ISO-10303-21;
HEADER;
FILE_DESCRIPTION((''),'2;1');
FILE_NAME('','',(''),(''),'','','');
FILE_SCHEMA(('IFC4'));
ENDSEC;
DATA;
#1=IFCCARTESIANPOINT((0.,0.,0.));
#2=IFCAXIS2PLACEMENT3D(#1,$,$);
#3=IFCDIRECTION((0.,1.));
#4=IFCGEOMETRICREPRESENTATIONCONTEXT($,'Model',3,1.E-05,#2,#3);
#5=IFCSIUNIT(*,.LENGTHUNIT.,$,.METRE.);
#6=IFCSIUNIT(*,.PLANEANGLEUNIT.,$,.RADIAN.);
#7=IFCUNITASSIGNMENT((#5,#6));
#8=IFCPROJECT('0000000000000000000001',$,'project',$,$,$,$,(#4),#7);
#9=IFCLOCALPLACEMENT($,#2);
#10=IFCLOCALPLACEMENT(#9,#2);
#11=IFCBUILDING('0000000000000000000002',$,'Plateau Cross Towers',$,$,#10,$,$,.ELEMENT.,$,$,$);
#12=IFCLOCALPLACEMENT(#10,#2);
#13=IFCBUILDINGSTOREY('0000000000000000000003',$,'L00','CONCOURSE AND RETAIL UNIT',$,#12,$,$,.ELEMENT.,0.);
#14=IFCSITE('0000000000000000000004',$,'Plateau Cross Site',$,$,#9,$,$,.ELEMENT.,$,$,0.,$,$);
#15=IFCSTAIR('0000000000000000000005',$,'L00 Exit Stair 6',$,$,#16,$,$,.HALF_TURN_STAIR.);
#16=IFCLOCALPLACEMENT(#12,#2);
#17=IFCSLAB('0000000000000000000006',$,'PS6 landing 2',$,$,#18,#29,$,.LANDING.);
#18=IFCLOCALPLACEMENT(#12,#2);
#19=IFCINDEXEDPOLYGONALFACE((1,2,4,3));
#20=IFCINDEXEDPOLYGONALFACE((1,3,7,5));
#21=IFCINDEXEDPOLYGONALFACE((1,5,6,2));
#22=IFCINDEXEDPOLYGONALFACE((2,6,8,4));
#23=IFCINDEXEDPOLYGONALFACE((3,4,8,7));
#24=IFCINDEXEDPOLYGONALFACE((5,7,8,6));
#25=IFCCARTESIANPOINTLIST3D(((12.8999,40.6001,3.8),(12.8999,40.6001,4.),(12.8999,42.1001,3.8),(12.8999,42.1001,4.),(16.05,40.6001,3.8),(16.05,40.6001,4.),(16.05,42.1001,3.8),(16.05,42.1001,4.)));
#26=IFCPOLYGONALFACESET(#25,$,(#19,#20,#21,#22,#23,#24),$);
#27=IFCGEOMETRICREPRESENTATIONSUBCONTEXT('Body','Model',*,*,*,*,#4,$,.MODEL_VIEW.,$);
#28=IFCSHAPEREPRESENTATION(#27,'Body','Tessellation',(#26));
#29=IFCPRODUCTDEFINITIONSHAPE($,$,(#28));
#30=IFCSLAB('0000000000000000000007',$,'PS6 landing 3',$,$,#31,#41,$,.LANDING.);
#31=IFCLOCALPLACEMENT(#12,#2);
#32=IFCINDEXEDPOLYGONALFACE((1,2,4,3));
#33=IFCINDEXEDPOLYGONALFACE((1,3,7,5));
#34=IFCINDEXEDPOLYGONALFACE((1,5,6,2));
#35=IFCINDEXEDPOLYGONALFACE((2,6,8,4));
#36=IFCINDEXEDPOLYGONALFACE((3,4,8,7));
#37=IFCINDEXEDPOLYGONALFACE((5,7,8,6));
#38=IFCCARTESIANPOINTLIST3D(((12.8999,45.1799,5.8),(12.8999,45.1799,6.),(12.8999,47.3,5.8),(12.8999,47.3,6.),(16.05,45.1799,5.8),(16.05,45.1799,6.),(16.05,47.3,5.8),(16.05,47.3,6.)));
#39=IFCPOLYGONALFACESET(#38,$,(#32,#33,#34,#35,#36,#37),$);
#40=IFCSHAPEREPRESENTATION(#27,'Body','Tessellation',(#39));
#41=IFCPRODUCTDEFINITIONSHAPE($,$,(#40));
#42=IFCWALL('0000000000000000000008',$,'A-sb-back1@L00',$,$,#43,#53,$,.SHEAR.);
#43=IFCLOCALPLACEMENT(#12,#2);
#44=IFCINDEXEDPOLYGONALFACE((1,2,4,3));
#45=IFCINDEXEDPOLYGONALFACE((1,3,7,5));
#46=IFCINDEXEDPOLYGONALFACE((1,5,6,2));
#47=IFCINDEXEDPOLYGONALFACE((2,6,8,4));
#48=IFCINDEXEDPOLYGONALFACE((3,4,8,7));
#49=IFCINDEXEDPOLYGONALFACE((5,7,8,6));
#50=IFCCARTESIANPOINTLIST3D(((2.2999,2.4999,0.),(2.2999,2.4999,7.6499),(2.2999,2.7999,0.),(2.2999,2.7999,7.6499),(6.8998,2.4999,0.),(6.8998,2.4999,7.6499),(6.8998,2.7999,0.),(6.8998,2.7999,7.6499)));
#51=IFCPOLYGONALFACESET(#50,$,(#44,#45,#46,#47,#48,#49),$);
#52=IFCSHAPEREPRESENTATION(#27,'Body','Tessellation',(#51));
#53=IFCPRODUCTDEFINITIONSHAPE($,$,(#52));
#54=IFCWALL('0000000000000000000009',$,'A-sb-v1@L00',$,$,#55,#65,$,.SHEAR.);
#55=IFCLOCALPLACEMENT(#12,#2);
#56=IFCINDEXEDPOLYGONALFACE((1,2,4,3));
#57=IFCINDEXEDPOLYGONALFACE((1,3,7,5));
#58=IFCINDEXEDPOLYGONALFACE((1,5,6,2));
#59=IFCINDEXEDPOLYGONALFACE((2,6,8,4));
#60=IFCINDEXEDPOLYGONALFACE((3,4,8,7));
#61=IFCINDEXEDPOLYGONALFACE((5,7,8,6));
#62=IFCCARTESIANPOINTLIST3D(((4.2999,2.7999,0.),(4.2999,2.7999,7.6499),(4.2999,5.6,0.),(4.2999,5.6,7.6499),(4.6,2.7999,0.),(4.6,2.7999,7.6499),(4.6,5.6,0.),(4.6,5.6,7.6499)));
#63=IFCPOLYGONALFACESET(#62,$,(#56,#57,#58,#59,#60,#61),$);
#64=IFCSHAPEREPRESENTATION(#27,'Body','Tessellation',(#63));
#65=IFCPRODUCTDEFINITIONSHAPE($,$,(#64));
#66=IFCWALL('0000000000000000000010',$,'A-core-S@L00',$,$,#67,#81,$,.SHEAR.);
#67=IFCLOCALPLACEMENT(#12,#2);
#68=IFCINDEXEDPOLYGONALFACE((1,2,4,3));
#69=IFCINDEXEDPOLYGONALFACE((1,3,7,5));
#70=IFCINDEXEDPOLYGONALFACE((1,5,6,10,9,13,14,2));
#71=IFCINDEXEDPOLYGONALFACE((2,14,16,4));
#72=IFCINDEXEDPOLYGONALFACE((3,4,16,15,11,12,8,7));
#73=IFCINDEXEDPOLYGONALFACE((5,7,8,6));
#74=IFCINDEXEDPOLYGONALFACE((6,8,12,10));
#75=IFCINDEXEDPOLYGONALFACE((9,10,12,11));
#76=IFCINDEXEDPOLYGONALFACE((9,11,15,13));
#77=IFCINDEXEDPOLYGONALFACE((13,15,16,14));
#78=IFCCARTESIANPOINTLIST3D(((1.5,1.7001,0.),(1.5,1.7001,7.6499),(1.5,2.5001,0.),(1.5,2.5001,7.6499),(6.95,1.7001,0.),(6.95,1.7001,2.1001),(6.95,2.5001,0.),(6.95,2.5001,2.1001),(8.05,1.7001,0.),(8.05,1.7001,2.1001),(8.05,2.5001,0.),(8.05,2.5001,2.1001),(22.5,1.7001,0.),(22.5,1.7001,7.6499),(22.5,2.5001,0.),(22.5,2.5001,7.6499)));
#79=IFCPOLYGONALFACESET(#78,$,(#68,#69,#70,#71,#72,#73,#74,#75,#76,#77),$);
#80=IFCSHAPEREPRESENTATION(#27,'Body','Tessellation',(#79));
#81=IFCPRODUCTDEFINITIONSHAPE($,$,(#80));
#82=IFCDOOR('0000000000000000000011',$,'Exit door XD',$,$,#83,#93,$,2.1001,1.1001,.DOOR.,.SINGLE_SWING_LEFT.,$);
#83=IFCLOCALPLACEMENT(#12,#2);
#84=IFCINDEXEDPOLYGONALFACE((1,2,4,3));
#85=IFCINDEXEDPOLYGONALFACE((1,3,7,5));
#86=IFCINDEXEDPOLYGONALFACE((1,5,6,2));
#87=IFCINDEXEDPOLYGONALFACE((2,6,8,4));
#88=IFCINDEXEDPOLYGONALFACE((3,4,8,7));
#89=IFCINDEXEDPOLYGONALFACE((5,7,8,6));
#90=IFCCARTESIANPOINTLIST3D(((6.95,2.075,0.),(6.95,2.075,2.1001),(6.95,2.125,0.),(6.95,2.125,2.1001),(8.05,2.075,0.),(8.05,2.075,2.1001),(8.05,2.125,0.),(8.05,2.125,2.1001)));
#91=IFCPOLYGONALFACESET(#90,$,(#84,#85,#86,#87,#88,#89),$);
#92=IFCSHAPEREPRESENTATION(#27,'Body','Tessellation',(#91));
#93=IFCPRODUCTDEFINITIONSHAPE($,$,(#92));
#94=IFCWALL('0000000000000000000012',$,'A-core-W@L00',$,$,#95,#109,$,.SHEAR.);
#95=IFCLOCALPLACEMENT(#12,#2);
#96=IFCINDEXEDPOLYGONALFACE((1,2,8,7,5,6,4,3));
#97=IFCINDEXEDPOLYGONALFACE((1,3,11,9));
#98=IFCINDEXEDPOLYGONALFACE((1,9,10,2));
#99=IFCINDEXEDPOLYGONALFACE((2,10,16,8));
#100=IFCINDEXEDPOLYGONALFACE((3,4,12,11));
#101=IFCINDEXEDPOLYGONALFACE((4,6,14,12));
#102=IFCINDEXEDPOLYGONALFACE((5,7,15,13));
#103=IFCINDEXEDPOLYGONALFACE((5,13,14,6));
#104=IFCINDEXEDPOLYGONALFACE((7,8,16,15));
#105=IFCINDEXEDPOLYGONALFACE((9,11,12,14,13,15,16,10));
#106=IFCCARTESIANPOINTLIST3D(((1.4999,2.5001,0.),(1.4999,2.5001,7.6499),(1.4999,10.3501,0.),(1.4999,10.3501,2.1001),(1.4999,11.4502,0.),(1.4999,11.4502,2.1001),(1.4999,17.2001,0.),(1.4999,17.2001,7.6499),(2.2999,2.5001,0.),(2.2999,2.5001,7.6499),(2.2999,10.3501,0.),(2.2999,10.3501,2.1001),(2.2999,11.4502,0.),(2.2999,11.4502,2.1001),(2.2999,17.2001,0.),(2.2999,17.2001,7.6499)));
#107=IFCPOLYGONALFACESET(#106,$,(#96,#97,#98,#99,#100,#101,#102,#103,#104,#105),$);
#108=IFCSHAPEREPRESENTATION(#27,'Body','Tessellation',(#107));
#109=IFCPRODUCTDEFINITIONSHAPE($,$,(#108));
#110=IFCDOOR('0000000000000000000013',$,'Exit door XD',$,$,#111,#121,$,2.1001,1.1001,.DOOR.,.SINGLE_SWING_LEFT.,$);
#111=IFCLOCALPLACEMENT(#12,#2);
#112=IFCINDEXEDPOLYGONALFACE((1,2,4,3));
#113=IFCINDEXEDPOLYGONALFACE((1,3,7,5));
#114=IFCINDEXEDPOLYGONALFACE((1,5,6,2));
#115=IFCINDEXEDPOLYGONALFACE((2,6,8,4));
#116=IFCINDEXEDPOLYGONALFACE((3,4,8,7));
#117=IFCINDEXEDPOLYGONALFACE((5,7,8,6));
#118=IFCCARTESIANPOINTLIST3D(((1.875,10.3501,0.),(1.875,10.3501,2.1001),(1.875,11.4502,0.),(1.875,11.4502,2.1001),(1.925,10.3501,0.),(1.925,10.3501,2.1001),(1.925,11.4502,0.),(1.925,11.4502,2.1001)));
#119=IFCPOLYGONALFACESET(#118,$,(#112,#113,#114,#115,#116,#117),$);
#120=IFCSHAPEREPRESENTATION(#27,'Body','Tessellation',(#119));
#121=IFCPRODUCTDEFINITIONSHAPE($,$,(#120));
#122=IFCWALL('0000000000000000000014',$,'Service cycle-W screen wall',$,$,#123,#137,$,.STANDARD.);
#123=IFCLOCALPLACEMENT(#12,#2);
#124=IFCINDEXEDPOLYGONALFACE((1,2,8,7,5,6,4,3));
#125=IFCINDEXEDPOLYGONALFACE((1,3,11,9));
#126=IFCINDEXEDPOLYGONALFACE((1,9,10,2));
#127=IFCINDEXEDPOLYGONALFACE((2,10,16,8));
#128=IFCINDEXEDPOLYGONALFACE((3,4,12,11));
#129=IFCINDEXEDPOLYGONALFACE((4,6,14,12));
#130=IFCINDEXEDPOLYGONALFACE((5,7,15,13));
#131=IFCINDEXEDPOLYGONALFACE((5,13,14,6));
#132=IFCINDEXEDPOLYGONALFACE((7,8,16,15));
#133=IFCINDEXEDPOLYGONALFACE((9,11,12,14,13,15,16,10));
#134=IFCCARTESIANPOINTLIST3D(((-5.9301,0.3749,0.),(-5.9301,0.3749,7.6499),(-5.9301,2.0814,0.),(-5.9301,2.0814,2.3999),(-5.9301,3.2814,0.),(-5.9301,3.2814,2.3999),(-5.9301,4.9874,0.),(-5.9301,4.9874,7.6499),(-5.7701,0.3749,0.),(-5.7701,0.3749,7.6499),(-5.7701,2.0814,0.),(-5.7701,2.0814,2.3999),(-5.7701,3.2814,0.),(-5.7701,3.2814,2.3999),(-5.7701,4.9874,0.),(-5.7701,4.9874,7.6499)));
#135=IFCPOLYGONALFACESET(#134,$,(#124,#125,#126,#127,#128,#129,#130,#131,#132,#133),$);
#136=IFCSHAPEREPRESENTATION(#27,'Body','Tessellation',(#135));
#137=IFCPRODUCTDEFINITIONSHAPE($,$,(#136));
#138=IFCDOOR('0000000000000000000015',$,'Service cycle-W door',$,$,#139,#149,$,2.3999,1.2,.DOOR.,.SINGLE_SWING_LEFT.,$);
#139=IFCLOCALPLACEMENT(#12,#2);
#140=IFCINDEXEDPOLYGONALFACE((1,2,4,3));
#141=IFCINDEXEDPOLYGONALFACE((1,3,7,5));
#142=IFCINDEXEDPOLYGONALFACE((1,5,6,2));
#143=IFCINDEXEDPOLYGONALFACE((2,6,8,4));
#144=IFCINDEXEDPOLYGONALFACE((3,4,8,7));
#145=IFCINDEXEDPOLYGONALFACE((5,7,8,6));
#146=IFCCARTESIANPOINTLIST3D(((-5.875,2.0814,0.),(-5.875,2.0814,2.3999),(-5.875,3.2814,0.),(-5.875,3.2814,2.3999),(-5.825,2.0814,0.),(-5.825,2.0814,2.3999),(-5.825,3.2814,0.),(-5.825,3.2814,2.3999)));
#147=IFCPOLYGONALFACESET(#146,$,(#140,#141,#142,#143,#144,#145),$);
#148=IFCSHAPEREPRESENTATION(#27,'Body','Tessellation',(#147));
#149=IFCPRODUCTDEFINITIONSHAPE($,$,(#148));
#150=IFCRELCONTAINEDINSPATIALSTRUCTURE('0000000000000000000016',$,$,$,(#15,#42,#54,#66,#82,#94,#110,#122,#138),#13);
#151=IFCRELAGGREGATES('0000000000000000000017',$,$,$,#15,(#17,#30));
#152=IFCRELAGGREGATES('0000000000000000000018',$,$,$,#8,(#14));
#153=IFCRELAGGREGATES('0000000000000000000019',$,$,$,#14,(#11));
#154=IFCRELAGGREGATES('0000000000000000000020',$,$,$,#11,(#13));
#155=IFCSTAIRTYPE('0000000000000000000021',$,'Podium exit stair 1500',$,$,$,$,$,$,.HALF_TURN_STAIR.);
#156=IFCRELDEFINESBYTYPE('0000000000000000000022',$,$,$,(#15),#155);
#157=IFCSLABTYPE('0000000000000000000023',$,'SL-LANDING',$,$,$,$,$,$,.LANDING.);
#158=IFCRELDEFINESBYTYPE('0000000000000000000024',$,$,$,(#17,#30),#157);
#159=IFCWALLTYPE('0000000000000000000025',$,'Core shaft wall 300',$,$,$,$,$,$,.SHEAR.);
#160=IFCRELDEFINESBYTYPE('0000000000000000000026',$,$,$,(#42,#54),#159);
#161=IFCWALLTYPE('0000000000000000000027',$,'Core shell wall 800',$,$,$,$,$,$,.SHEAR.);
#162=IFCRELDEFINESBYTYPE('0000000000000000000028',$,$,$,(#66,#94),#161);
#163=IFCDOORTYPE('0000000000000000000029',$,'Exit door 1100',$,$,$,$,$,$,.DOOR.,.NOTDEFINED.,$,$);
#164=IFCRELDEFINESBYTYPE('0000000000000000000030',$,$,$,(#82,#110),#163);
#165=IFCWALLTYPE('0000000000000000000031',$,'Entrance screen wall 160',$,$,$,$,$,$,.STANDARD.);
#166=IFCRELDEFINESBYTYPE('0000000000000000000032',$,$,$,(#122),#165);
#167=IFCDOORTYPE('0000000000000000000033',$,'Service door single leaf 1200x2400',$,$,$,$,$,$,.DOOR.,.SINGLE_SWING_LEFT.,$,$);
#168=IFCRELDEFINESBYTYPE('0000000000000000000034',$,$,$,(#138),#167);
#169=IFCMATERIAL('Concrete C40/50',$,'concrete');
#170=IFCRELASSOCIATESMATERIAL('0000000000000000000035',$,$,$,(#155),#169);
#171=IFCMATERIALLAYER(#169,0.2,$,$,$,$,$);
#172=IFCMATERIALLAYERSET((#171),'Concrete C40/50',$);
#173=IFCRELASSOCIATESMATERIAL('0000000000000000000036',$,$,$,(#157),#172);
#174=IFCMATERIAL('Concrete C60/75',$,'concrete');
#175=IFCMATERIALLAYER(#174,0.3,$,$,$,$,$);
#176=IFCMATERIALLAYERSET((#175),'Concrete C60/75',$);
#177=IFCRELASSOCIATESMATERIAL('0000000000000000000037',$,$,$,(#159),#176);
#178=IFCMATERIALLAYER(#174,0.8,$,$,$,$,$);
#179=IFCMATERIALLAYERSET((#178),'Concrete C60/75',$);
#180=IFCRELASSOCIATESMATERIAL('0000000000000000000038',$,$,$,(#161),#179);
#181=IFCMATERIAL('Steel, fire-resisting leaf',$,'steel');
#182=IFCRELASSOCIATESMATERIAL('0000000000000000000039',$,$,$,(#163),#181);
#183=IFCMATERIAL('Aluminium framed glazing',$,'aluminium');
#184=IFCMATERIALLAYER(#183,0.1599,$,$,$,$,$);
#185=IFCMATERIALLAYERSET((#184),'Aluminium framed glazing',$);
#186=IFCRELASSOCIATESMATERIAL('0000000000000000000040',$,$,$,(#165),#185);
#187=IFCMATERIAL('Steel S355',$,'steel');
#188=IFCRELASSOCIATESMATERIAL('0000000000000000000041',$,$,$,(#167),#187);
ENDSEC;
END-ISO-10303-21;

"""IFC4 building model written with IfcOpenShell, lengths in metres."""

from ifc_helpers import new_model, si_unit, direction, frame, frame_2d, origin, place, context, subcontext, project, spatial, polyline, rectangle, outline, extrude, material, layer, layer_set, type_object, element, fill, aggregate, save


model = new_model("IFC4")

# Units and contexts
model_context = context("Model", 3, precision=1e-05, world=origin(), true_north=direction((0.0, 1.0)))
body_context = subcontext(model_context, "Body", "Model", "MODEL_VIEW")
ifc_project = project(units=[si_unit("LENGTHUNIT", "METRE"), si_unit("PLANEANGLEUNIT", "RADIAN")], contexts=[model_context])

# Site, building, storey
site_placement = place(None, origin())
site = spatial("IfcSite", under=ifc_project, at=site_placement, Name="Plateau Cross Site", CompositionType="ELEMENT", RefElevation=0.0)
building_placement = place(site_placement, origin())
building = spatial("IfcBuilding", under=site, at=building_placement, Name="Plateau Cross Towers", CompositionType="ELEMENT")
storey_placement = place(building_placement, origin())
storey = spatial("IfcBuildingStorey", under=building, at=storey_placement, Name="L00", Description="CONCOURSE AND RETAIL UNIT", CompositionType="ELEMENT", Elevation=0.0)

# Stair, slabs
ifc_material_1 = material(Name="Concrete C40/50", Category="concrete")
stair_type = type_object("IfcStairType", Name="Podium exit stair 1500", PredefinedType="HALF_TURN_STAIR", material=ifc_material_1)
ifc_layer_1 = layer(ifc_material_1, 0.2)
ifc_layer_set_1 = layer_set([ifc_layer_1], Name="Concrete C40/50")
slab_type_1 = type_object("IfcSlabType", Name="SL-LANDING", PredefinedType="LANDING", material=ifc_layer_set_1)
stair_1_placement = place(storey_placement, origin())
stair_1 = element("IfcStair", 1, at=stair_1_placement, inside=storey, type_object=stair_type, Name="L00 Exit Stair 6", PredefinedType="HALF_TURN_STAIR")
slab_1_placement = place(storey_placement, frame((0.0, 0.0, 3.8)))
slab_1 = element("IfcSlab", 2, at=slab_1_placement, type_object=slab_type_1, Name="PS6 landing 2", PredefinedType="LANDING", context=body_context, shape_type="SweptSolid", body=[
    extrude(outline(polyline([(16.05, 40.6001), (16.05, 42.1001), (12.8999, 42.1001), (12.8999, 40.6001), (16.05, 40.6001)])), origin(), (0.0, 0.0, 1.0), 0.2),
])
slab_2_placement = place(storey_placement, frame((0.0, 0.0, 5.8)))
slab_2 = element("IfcSlab", 3, at=slab_2_placement, type_object=slab_type_1, Name="PS6 landing 3", PredefinedType="LANDING", context=body_context, shape_type="SweptSolid", body=[
    extrude(outline(polyline([(16.05, 45.1799), (16.05, 47.3), (12.8999, 47.3), (12.8999, 45.1799), (16.05, 45.1799)])), origin(), (0.0, 0.0, 1.0), 0.2),
])
aggregate(stair_1, [slab_1, slab_2])

# Walls
ifc_material_2 = material(Name="Concrete C60/75", Category="concrete")
ifc_layer_2 = layer(ifc_material_2, 0.3)
ifc_layer_set_2 = layer_set([ifc_layer_2], Name="Concrete C60/75")
wall_type_1 = type_object("IfcWallType", Name="Core shaft wall 300", PredefinedType="SHEAR", material=ifc_layer_set_2)
wall_1_placement = place(storey_placement, frame((2.3, 2.6499, 0.0), z_axis=(0.0, 0.0, 1.0), x_axis=(1.0, 0.0, 0.0)))
element("IfcWall", 4, at=wall_1_placement, inside=storey, type_object=wall_type_1, Name="A-sb-back1@L00", PredefinedType="SHEAR", context=body_context, shape_type="SweptSolid", body=[
    extrude(rectangle(XDim=4.5999, YDim=0.3, at=frame_2d((2.2998, 0.0))), origin(), (0.0, 0.0, 1.0), 7.6499),
])
wall_2_placement = place(storey_placement, frame((4.45, 2.8, 0.0), z_axis=(0.0, 0.0, 1.0), x_axis=(0.0, 1.0, 0.0)))
element("IfcWall", 5, at=wall_2_placement, inside=storey, type_object=wall_type_1, Name="A-sb-v1@L00", PredefinedType="SHEAR", context=body_context, shape_type="SweptSolid", body=[
    extrude(rectangle(XDim=2.8, YDim=0.3, at=frame_2d((1.3999, 0.0))), origin(), (0.0, 0.0, 1.0), 7.6499),
])

# Walls, openings, doors
ifc_layer_3 = layer(ifc_material_2, 0.8)
ifc_layer_set_3 = layer_set([ifc_layer_3], Name="Concrete C60/75")
wall_type_2 = type_object("IfcWallType", Name="Core shell wall 800", PredefinedType="SHEAR", material=ifc_layer_set_3)
wall_3_placement = place(storey_placement, frame((1.5, 2.1001, 0.0), z_axis=(0.0, 0.0, 1.0), x_axis=(1.0, 0.0, 0.0)))
wall_3 = element("IfcWall", 6, at=wall_3_placement, inside=storey, type_object=wall_type_2, Name="A-core-S@L00", PredefinedType="SHEAR", context=body_context, shape_type="SweptSolid", body=[
    extrude(rectangle(XDim=21.0, YDim=0.8, at=frame_2d((10.5, 0.0))), origin(), (0.0, 0.0, 1.0), 7.6499),
])
opening_1_placement = place(wall_3_placement, frame((5.45, 0.0, 0.0)))
opening_1 = element("IfcOpeningElement", 7, at=opening_1_placement, cuts=wall_3, PredefinedType="OPENING", context=body_context, shape_type="SweptSolid", body=[
    extrude(rectangle(XDim=1.1001, YDim=2.1001, at=frame_2d((0.55, 1.05))), frame((0.0, 0.4099, 0.0), z_axis=(0.0, -1.0, 0.0), x_axis=(1.0, 0.0, 0.0)), (0.0, 0.0, 1.0), 0.8201),
])
ifc_material_3 = material(Name="Steel, fire-resisting leaf", Category="steel")
door_type_1 = type_object("IfcDoorType", Name="Exit door 1100", OperationType="NOTDEFINED", PredefinedType="DOOR", material=ifc_material_3)
door_1_placement = place(opening_1_placement, origin())
door_1 = element("IfcDoor", 8, at=door_1_placement, inside=storey, type_object=door_type_1, Name="Exit door XD", OperationType="SINGLE_SWING_LEFT", OverallHeight=2.1001, OverallWidth=1.1001, PredefinedType="DOOR", context=body_context, shape_type="SweptSolid", body=[
    extrude(rectangle(XDim=1.1001, YDim=2.1001, at=frame_2d((0.55, 1.05))), frame((0.0, 0.0249, 0.0), z_axis=(0.0, -1.0, 0.0), x_axis=(1.0, 0.0, 0.0)), (0.0, 0.0, 1.0), 0.05),
])
fill(opening_1, door_1)
wall_4_placement = place(storey_placement, frame((1.8999, 2.5, 0.0), z_axis=(0.0, 0.0, 1.0), x_axis=(0.0, 1.0, 0.0)))
wall_4 = element("IfcWall", 9, at=wall_4_placement, inside=storey, type_object=wall_type_2, Name="A-core-W@L00", PredefinedType="SHEAR", context=body_context, shape_type="SweptSolid", body=[
    extrude(rectangle(XDim=14.7, YDim=0.8, at=frame_2d((7.3501, 0.0))), origin(), (0.0, 0.0, 1.0), 7.6499),
])
opening_2_placement = place(wall_4_placement, frame((7.8501, 0.0, 0.0)))
opening_2 = element("IfcOpeningElement", 10, at=opening_2_placement, cuts=wall_4, PredefinedType="OPENING", context=body_context, shape_type="SweptSolid", body=[
    extrude(rectangle(XDim=1.1001, YDim=2.1001, at=frame_2d((0.55, 1.05))), frame((0.0, 0.4099, 0.0), z_axis=(0.0, -1.0, 0.0), x_axis=(1.0, 0.0, 0.0)), (0.0, 0.0, 1.0), 0.8201),
])
door_2_placement = place(opening_2_placement, origin())
door_2 = element("IfcDoor", 11, at=door_2_placement, inside=storey, type_object=door_type_1, Name="Exit door XD", OperationType="SINGLE_SWING_LEFT", OverallHeight=2.1001, OverallWidth=1.1001, PredefinedType="DOOR", context=body_context, shape_type="SweptSolid", body=[
    extrude(rectangle(XDim=1.1001, YDim=2.1001, at=frame_2d((0.55, 1.05))), frame((0.0, 0.0249, 0.0), z_axis=(0.0, -1.0, 0.0), x_axis=(1.0, 0.0, 0.0)), (0.0, 0.0, 1.0), 0.05),
])
fill(opening_2, door_2)
ifc_material_4 = material(Name="Aluminium framed glazing", Category="aluminium")
ifc_layer_4 = layer(ifc_material_4, 0.1599)
ifc_layer_set_4 = layer_set([ifc_layer_4], Name="Aluminium framed glazing")
wall_type_3 = type_object("IfcWallType", Name="Entrance screen wall 160", PredefinedType="STANDARD", material=ifc_layer_set_4)
wall_5_placement = place(storey_placement, frame((-5.8501, 0.375, 0.0), z_axis=(0.0, 0.0, 1.0), x_axis=(0.0, 1.0, 0.0)))
wall_5 = element("IfcWall", 12, at=wall_5_placement, inside=storey, type_object=wall_type_3, Name="Service cycle-W screen wall", PredefinedType="STANDARD", context=body_context, shape_type="SweptSolid", body=[
    extrude(rectangle(XDim=4.6125, YDim=0.1599, at=frame_2d((2.3062, 0.0))), origin(), (0.0, 0.0, 1.0), 7.6499),
])
opening_3_placement = place(wall_5_placement, frame((1.7063, 0.0, 0.0)))
opening_3 = element("IfcOpeningElement", 13, at=opening_3_placement, cuts=wall_5, PredefinedType="OPENING", context=body_context, shape_type="SweptSolid", body=[
    extrude(rectangle(XDim=1.2, YDim=2.3999, at=frame_2d((0.6001, 1.2))), frame((0.0, 0.0898, 0.0), z_axis=(0.0, -1.0, 0.0), x_axis=(1.0, 0.0, 0.0)), (0.0, 0.0, 1.0), 0.1799),
])
ifc_material_5 = material(Name="Steel S355", Category="steel")
door_type_2 = type_object("IfcDoorType", Name="Service door single leaf 1200x2400", OperationType="SINGLE_SWING_LEFT", PredefinedType="DOOR", material=ifc_material_5)
door_3_placement = place(opening_3_placement, origin())
door_3 = element("IfcDoor", 14, at=door_3_placement, inside=storey, type_object=door_type_2, Name="Service cycle-W door", OperationType="SINGLE_SWING_LEFT", OverallHeight=2.3999, OverallWidth=1.2, PredefinedType="DOOR", context=body_context, shape_type="SweptSolid", body=[
    extrude(rectangle(XDim=1.2, YDim=2.3999, at=frame_2d((0.6001, 1.2))), frame((0.0, 0.0249, 0.0), z_axis=(0.0, -1.0, 0.0), x_axis=(1.0, 0.0, 0.0)), (0.0, 0.0, 1.0), 0.05),
])
fill(opening_3, door_3)

save(model, "model.ifc")
